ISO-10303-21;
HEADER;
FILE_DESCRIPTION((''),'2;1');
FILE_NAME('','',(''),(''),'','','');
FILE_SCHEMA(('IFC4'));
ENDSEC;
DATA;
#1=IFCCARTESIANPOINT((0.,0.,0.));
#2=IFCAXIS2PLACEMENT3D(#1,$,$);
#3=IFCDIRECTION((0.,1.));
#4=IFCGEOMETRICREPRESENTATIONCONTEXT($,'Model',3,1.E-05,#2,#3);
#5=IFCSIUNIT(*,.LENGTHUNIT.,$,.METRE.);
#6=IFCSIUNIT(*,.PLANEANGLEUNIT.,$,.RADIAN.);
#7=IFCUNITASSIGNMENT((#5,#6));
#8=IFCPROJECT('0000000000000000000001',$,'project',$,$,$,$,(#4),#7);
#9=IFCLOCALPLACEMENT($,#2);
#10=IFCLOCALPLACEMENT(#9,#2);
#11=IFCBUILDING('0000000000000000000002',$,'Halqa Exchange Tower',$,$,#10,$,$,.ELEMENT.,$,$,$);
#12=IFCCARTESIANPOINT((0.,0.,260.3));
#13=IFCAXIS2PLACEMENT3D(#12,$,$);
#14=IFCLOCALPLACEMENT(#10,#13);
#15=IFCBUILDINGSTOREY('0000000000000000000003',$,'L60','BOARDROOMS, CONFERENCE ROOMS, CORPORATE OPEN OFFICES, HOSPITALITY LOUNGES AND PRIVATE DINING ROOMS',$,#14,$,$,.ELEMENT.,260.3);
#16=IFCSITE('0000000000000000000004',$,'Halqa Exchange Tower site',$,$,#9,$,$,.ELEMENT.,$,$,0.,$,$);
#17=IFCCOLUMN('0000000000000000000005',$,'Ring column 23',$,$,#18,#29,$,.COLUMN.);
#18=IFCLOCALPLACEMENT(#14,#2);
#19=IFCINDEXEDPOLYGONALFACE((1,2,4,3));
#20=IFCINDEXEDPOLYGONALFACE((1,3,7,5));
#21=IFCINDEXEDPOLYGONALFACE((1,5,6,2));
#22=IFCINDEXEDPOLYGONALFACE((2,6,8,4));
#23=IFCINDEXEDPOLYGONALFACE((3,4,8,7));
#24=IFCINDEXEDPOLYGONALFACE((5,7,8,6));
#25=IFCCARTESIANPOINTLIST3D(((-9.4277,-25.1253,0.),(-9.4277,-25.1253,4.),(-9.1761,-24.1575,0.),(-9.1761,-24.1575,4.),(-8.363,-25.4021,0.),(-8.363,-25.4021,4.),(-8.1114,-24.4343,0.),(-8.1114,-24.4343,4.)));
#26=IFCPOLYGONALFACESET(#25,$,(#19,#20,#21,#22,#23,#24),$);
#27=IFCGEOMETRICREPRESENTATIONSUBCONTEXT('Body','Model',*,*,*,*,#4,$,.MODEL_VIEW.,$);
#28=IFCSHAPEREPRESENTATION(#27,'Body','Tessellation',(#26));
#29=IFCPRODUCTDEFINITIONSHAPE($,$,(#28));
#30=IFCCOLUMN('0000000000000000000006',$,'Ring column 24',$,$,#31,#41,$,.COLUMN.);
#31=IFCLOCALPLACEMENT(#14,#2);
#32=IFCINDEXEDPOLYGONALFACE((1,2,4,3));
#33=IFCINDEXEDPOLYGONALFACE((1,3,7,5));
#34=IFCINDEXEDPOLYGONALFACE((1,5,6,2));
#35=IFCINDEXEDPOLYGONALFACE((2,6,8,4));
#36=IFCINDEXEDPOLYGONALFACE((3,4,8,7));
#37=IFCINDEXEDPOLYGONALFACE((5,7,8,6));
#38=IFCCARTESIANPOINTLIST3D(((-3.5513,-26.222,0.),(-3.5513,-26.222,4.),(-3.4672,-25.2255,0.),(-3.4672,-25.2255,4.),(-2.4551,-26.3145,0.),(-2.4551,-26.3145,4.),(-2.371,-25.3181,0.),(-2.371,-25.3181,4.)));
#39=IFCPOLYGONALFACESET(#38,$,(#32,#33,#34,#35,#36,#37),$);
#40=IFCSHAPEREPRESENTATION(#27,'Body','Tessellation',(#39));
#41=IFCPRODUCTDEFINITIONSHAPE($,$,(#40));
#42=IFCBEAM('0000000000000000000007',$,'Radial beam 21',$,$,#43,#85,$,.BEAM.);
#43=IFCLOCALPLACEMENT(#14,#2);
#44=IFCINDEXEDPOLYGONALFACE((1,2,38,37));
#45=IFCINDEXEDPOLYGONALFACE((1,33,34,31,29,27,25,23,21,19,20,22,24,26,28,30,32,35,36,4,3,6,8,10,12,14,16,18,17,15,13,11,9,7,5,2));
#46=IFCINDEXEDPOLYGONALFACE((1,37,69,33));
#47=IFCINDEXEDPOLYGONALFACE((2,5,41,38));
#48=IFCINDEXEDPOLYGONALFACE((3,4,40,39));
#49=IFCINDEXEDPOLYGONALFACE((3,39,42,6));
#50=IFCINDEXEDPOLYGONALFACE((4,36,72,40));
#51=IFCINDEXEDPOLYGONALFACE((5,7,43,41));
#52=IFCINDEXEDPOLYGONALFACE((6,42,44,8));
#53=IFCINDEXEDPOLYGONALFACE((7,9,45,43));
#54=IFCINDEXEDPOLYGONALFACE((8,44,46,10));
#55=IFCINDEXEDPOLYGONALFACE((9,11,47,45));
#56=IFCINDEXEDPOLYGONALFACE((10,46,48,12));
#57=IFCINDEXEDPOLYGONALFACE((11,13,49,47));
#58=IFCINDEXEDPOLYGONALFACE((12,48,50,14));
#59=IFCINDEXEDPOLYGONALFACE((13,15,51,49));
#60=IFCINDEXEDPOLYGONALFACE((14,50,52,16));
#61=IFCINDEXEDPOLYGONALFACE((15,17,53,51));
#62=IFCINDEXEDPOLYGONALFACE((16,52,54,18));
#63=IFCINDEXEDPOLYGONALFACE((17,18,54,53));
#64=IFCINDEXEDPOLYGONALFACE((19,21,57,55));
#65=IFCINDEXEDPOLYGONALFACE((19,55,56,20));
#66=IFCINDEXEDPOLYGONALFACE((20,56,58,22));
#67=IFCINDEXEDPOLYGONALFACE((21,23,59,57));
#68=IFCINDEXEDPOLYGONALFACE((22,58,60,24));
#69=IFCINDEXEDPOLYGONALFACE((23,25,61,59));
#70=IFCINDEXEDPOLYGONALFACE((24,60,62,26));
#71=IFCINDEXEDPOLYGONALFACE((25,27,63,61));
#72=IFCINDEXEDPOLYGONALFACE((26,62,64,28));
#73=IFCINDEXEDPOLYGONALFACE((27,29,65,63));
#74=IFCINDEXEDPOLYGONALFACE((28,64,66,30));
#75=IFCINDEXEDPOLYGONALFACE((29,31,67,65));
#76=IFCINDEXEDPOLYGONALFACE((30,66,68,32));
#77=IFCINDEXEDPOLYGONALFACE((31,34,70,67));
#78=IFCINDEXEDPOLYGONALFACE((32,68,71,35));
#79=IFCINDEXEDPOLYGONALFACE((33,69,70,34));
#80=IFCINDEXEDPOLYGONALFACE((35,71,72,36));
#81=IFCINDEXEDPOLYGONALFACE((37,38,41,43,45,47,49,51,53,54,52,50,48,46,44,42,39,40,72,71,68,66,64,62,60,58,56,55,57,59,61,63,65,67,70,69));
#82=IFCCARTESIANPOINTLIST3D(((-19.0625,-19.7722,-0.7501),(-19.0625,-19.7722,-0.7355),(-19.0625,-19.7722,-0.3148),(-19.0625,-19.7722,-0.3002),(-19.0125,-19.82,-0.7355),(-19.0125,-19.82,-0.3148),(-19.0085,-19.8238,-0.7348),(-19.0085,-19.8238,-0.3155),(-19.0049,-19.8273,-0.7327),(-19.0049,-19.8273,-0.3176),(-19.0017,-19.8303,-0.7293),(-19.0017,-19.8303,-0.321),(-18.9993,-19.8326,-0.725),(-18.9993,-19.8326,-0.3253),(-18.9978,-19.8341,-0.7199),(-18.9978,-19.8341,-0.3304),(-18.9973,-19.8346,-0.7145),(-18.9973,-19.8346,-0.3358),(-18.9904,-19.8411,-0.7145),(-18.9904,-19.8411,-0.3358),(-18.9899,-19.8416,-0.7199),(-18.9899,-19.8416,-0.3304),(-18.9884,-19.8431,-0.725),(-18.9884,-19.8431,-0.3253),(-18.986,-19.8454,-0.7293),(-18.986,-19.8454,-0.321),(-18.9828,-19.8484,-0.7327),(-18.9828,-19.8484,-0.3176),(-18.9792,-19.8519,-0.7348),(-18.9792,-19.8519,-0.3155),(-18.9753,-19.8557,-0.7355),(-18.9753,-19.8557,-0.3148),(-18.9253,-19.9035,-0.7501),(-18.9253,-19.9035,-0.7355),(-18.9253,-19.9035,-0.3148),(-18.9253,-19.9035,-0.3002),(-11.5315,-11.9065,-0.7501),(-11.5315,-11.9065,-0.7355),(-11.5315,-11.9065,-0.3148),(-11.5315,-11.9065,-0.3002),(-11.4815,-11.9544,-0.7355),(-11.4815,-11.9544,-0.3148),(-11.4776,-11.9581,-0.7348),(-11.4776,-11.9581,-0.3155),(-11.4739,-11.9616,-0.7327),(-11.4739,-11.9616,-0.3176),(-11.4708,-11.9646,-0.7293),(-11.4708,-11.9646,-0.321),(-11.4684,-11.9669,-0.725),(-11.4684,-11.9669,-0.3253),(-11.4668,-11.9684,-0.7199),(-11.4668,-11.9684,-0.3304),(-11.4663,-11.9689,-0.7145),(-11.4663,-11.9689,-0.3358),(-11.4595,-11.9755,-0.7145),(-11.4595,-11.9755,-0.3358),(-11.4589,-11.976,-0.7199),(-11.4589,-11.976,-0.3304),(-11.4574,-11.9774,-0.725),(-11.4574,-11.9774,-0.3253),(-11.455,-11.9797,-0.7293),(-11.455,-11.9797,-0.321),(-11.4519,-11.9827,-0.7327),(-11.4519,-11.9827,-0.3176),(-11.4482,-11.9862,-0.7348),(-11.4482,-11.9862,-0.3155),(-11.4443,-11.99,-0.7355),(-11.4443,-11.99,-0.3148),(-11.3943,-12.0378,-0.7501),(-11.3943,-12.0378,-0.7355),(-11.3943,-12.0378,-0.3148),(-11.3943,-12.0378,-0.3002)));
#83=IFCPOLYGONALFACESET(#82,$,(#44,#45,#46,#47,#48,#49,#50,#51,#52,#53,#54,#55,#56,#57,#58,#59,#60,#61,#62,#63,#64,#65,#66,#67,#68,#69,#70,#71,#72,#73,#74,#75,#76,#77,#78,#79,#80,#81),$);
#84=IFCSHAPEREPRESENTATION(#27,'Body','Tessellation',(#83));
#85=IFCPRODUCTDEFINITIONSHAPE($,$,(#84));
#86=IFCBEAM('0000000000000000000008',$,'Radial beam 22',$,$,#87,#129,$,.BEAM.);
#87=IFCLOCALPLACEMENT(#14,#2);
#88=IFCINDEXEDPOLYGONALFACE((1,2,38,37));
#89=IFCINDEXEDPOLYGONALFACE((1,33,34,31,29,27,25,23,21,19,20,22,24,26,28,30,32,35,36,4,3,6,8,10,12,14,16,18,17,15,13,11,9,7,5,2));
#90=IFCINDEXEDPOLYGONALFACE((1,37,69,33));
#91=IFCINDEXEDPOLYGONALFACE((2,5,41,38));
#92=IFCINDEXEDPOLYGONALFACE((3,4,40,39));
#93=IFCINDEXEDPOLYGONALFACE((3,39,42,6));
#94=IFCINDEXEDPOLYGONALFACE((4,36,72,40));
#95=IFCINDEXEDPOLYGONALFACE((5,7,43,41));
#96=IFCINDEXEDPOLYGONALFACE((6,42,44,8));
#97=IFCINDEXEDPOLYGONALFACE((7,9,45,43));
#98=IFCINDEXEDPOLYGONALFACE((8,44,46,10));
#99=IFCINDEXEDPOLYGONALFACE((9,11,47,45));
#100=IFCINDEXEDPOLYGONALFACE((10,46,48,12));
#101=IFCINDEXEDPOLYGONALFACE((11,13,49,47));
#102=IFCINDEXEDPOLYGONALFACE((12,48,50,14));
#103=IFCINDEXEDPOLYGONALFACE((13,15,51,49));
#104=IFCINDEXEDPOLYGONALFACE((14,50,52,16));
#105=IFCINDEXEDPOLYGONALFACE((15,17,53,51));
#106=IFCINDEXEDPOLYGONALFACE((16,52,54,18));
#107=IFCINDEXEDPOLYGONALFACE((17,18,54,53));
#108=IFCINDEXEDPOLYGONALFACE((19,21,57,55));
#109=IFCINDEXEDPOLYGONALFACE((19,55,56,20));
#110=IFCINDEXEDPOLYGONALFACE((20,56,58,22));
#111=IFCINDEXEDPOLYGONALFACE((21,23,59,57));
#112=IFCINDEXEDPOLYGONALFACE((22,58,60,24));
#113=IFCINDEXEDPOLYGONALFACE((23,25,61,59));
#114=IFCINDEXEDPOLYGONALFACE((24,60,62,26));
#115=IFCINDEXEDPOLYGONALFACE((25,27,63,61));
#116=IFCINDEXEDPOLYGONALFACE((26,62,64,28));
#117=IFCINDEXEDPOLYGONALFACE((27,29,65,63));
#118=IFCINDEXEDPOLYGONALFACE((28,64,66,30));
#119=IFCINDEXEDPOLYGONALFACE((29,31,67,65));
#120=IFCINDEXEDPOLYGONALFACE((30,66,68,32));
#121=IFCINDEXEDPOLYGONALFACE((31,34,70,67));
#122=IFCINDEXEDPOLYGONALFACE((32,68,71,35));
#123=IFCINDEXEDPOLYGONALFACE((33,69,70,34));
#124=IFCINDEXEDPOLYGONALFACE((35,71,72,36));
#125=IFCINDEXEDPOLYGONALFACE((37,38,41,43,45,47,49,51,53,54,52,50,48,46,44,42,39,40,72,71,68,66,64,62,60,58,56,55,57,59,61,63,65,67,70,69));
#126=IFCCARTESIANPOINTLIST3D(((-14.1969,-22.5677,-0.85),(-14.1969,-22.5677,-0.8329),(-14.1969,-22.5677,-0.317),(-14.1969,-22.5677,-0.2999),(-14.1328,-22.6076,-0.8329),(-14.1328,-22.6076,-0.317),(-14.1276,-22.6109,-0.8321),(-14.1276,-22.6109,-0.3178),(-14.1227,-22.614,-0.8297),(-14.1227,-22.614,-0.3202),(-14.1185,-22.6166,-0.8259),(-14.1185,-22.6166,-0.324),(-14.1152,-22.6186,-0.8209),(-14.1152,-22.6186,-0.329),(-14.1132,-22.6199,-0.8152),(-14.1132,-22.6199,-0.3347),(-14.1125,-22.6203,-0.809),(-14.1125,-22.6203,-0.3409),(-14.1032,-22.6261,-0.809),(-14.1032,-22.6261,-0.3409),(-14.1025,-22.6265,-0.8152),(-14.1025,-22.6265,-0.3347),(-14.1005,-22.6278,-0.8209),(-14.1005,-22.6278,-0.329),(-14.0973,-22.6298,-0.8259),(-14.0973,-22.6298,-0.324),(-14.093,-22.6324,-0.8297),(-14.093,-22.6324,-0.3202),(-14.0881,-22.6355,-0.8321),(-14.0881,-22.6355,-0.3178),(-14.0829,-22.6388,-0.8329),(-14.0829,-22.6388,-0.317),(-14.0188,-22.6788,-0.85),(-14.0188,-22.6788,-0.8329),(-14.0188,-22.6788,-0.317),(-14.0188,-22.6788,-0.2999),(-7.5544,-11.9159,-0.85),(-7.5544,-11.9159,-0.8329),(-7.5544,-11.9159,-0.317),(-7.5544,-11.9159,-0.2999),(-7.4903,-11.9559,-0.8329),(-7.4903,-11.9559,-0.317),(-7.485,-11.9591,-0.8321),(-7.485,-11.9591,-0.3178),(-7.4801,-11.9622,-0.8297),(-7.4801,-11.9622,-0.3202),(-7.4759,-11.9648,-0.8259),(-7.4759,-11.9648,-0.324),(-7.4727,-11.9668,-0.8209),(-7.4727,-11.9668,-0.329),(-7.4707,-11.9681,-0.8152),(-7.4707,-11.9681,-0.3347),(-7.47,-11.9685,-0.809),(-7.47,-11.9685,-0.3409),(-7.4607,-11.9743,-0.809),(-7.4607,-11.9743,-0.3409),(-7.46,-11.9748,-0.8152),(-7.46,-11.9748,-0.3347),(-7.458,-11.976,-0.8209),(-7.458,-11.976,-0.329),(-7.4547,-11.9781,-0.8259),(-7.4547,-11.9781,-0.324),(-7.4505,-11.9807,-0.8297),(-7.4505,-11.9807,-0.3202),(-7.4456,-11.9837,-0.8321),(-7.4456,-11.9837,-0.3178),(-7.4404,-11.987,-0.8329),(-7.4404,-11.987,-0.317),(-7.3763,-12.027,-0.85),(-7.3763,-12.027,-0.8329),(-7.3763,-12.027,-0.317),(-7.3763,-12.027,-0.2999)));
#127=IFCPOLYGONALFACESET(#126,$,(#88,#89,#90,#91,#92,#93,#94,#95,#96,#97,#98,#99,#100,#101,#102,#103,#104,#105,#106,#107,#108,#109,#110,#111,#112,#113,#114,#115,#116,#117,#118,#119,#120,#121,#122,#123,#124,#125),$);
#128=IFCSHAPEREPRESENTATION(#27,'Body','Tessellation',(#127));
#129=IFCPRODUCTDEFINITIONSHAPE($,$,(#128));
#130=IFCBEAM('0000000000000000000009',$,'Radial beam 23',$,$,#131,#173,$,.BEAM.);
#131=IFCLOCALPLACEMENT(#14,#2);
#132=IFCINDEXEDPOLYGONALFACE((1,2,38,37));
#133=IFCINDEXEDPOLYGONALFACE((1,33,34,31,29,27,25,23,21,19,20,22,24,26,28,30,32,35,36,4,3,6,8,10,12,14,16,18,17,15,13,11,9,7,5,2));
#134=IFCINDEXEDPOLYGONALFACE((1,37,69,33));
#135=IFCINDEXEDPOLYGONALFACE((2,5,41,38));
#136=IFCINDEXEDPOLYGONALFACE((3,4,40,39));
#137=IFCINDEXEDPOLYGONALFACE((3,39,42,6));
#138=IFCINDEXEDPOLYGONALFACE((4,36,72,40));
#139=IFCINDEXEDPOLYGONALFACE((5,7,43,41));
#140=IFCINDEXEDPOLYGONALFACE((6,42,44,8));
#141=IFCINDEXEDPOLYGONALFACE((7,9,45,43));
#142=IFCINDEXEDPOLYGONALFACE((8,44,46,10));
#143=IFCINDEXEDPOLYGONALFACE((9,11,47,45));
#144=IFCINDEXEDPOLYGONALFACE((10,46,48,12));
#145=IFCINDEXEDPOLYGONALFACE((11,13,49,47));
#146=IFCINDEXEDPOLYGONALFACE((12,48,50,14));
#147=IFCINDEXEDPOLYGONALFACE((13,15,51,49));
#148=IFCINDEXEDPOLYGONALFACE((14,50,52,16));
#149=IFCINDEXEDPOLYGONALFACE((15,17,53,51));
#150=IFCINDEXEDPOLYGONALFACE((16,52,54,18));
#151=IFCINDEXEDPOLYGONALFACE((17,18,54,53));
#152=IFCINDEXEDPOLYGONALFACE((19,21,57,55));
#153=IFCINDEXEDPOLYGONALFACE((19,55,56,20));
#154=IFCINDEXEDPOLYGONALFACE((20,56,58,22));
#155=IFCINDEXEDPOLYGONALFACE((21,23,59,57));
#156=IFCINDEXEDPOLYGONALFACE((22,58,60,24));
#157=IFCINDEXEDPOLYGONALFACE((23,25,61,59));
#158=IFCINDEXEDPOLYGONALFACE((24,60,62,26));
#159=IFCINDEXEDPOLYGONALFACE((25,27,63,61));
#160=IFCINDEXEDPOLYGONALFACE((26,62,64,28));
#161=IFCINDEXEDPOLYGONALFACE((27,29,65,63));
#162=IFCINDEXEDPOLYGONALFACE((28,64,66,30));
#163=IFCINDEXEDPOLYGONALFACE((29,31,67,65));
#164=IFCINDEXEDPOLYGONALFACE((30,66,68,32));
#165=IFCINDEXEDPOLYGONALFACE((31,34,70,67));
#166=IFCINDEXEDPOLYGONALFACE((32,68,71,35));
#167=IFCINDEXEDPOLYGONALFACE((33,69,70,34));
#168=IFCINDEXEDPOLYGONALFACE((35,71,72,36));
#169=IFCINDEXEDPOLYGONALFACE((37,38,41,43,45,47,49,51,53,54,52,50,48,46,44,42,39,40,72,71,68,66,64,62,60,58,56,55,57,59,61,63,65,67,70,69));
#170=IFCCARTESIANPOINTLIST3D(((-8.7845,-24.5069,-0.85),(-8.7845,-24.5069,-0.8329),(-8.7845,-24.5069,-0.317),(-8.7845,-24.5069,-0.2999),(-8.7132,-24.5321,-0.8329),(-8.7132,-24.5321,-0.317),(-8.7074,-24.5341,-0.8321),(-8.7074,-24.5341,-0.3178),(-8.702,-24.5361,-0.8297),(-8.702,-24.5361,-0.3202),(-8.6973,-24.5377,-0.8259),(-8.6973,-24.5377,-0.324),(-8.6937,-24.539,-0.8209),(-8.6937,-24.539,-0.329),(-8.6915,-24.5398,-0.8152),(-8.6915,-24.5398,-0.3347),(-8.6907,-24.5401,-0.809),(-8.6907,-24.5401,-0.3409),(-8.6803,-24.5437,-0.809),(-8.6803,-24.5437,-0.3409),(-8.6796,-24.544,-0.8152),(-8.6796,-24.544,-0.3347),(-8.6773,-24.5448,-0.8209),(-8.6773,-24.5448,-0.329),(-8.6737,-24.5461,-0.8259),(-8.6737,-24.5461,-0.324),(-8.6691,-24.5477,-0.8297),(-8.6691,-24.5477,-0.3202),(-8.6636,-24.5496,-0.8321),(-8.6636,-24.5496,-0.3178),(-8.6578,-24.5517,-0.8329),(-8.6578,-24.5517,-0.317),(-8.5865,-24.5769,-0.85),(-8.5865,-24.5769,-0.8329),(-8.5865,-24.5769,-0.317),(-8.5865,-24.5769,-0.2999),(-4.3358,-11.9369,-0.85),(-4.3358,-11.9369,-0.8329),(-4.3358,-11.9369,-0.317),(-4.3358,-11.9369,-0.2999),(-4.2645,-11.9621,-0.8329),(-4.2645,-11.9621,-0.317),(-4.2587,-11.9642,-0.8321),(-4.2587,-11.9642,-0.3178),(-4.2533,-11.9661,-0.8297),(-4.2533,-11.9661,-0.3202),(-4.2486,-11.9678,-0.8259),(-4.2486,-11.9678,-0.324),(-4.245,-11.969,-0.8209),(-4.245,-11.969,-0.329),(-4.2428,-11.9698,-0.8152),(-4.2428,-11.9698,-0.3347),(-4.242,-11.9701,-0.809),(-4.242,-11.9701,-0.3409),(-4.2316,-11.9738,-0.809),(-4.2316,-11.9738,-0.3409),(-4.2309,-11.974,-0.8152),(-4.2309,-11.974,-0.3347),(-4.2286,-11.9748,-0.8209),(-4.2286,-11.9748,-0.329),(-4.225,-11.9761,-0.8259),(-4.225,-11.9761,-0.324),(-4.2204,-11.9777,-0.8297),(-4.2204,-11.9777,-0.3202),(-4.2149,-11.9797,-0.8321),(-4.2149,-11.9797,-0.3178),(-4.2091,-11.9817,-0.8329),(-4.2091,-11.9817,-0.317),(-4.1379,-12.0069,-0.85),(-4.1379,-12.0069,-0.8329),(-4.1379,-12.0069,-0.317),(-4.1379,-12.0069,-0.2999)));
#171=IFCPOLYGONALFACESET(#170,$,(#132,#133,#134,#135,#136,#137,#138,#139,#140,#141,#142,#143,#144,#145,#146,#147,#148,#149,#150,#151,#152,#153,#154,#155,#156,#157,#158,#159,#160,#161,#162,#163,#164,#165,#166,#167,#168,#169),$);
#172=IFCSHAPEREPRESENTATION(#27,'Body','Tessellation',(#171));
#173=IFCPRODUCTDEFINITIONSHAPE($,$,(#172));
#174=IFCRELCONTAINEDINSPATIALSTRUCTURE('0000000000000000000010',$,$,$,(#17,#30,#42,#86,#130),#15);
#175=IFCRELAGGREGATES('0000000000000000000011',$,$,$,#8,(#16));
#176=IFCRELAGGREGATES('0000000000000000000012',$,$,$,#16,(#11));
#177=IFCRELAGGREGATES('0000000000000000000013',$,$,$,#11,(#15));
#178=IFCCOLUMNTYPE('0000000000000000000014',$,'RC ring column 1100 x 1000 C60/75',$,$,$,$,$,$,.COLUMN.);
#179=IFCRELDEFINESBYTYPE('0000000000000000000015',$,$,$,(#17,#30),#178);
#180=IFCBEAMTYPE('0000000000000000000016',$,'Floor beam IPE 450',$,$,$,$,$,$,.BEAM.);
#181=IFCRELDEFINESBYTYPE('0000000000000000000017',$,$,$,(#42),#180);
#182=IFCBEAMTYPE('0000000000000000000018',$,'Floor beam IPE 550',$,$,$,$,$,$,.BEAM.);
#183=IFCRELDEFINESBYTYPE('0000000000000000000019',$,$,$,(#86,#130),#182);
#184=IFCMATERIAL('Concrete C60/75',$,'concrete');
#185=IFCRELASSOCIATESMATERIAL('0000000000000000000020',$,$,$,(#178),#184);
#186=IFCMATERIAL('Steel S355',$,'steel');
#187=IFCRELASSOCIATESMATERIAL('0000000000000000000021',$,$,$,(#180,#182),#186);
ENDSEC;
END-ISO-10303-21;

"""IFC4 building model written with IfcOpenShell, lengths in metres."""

from ifc_helpers import new_model, si_unit, direction, frame, origin, origin_2d, place, context, subcontext, project, spatial, rectangle, i_section, extrude, material, material_profile, profile_set, type_object, element, save


model = new_model("IFC4")

# Units and contexts
model_context = context("Model", 3, precision=1e-05, world=origin(), true_north=direction((0.0, 1.0)))
body_context = subcontext(model_context, "Body", "Model", "MODEL_VIEW")
ifc_project = project(units=[si_unit("LENGTHUNIT", "METRE"), si_unit("PLANEANGLEUNIT", "RADIAN")], contexts=[model_context])

# Site, building, storey
site_placement = place(None, origin())
site = spatial("IfcSite", under=ifc_project, at=site_placement, Name="Halqa Exchange Tower site", CompositionType="ELEMENT", RefElevation=0.0)
building_placement = place(site_placement, origin())
building = spatial("IfcBuilding", under=site, at=building_placement, Name="Halqa Exchange Tower", CompositionType="ELEMENT")
storey_placement = place(building_placement, frame((0.0, 0.0, 260.3)))
storey = spatial("IfcBuildingStorey", under=building, at=storey_placement, Name="L60", Description="BOARDROOMS, CONFERENCE ROOMS, CORPORATE OPEN OFFICES, HOSPITALITY LOUNGES AND PRIVATE DINING ROOMS", CompositionType="ELEMENT", Elevation=260.3)

# Columns
ifc_material_1 = material(Name="Concrete C60/75", Category="concrete")
ifc_material_profile_1 = material_profile(ifc_material_1, rectangle(XDim=1.1001, YDim=1.0, at=origin_2d()), Name="1100 x 1000")
ifc_profile_set_1 = profile_set([ifc_material_profile_1], Name="Concrete C60/75")
column_type = type_object("IfcColumnType", Name="RC ring column 1100 x 1000 C60/75", PredefinedType="COLUMN", material=ifc_profile_set_1)
for number, where, z_axis, x_axis, name in (
    (1, (-8.7695, -24.7798, 0.0), (0.0, 0.0, 1.0), (0.96782, -0.251642, 0.0), "Ring column 23"),
    (2, (-2.9612, -25.77, 0.0), (0.0, 0.0, 1.0), (0.996456, -0.08412, 0.0), "Ring column 24"),
):
    element("IfcColumn", number, at=place(storey_placement, frame(where, z_axis=z_axis, x_axis=x_axis)), inside=storey, type_object=column_type, Name=name, PredefinedType="COLUMN", context=body_context, shape_type="SweptSolid", body=[
        extrude(rectangle(XDim=1.1001, YDim=1.0, at=origin_2d()), origin(), (0.0, 0.0, 1.0), 4.0),
    ])

# Beams
ifc_material_2 = material(Name="Steel S355", Category="steel")
ifc_material_profile_2 = material_profile(ifc_material_2, i_section(OverallWidth=0.1899, OverallDepth=0.45, WebThickness=0.0095, FlangeThickness=0.0146, FilletRadius=0.021, at=origin_2d()), Name="IPE 450")
ifc_profile_set_2 = profile_set([ifc_material_profile_2], Name="Steel S355")
beam_type_1 = type_object("IfcBeamType", Name="Floor beam IPE 450", PredefinedType="BEAM", material=ifc_profile_set_2)
beam_1_placement = place(storey_placement, frame((-11.4629, -11.9722, -0.5251), z_axis=(-0.691571, -0.722308, 0.0), x_axis=(0.722308, -0.691571, 0.0)))
element("IfcBeam", 3, at=beam_1_placement, inside=storey, type_object=beam_type_1, Name="Radial beam 21", PredefinedType="BEAM", context=body_context, shape_type="SweptSolid", body=[
    extrude(i_section(OverallWidth=0.1899, OverallDepth=0.45, WebThickness=0.0095, FlangeThickness=0.0146, FilletRadius=0.021, at=origin_2d()), origin(), (0.0, 0.0, 1.0), 10.8896),
])
ifc_material_profile_3 = material_profile(ifc_material_2, i_section(OverallWidth=0.21, OverallDepth=0.55, WebThickness=0.011, FlangeThickness=0.0171, FilletRadius=0.0239, at=origin_2d()), Name="IPE 550")
ifc_profile_set_3 = profile_set([ifc_material_profile_3], Name="Steel S355")
beam_type_2 = type_object("IfcBeamType", Name="Floor beam IPE 550", PredefinedType="BEAM", material=ifc_profile_set_3)
beam_2_placement = place(storey_placement, frame((-7.4653, -11.9714, -0.575), z_axis=(-0.529149, -0.848529, 0.0), x_axis=(0.848529, -0.529149, 0.0)))
element("IfcBeam", 4, at=beam_2_placement, inside=storey, type_object=beam_type_2, Name="Radial beam 22", PredefinedType="BEAM", context=body_context, shape_type="SweptSolid", body=[
    extrude(i_section(OverallWidth=0.21, OverallDepth=0.55, WebThickness=0.011, FlangeThickness=0.0171, FilletRadius=0.0239, at=origin_2d()), origin(), (0.0, 0.0, 1.0), 12.5532),
])
beam_3_placement = place(storey_placement, frame((-4.2368, -11.9719, -0.575), z_axis=(-0.333636, -0.942702, 0.0), x_axis=(0.942702, -0.333636, 0.0)))
element("IfcBeam", 5, at=beam_3_placement, inside=storey, type_object=beam_type_2, Name="Radial beam 23", PredefinedType="BEAM", context=body_context, shape_type="SweptSolid", body=[
    extrude(i_section(OverallWidth=0.21, OverallDepth=0.55, WebThickness=0.011, FlangeThickness=0.0171, FilletRadius=0.0239, at=origin_2d()), origin(), (0.0, 0.0, 1.0), 13.334),
])

save(model, "model.ifc")
